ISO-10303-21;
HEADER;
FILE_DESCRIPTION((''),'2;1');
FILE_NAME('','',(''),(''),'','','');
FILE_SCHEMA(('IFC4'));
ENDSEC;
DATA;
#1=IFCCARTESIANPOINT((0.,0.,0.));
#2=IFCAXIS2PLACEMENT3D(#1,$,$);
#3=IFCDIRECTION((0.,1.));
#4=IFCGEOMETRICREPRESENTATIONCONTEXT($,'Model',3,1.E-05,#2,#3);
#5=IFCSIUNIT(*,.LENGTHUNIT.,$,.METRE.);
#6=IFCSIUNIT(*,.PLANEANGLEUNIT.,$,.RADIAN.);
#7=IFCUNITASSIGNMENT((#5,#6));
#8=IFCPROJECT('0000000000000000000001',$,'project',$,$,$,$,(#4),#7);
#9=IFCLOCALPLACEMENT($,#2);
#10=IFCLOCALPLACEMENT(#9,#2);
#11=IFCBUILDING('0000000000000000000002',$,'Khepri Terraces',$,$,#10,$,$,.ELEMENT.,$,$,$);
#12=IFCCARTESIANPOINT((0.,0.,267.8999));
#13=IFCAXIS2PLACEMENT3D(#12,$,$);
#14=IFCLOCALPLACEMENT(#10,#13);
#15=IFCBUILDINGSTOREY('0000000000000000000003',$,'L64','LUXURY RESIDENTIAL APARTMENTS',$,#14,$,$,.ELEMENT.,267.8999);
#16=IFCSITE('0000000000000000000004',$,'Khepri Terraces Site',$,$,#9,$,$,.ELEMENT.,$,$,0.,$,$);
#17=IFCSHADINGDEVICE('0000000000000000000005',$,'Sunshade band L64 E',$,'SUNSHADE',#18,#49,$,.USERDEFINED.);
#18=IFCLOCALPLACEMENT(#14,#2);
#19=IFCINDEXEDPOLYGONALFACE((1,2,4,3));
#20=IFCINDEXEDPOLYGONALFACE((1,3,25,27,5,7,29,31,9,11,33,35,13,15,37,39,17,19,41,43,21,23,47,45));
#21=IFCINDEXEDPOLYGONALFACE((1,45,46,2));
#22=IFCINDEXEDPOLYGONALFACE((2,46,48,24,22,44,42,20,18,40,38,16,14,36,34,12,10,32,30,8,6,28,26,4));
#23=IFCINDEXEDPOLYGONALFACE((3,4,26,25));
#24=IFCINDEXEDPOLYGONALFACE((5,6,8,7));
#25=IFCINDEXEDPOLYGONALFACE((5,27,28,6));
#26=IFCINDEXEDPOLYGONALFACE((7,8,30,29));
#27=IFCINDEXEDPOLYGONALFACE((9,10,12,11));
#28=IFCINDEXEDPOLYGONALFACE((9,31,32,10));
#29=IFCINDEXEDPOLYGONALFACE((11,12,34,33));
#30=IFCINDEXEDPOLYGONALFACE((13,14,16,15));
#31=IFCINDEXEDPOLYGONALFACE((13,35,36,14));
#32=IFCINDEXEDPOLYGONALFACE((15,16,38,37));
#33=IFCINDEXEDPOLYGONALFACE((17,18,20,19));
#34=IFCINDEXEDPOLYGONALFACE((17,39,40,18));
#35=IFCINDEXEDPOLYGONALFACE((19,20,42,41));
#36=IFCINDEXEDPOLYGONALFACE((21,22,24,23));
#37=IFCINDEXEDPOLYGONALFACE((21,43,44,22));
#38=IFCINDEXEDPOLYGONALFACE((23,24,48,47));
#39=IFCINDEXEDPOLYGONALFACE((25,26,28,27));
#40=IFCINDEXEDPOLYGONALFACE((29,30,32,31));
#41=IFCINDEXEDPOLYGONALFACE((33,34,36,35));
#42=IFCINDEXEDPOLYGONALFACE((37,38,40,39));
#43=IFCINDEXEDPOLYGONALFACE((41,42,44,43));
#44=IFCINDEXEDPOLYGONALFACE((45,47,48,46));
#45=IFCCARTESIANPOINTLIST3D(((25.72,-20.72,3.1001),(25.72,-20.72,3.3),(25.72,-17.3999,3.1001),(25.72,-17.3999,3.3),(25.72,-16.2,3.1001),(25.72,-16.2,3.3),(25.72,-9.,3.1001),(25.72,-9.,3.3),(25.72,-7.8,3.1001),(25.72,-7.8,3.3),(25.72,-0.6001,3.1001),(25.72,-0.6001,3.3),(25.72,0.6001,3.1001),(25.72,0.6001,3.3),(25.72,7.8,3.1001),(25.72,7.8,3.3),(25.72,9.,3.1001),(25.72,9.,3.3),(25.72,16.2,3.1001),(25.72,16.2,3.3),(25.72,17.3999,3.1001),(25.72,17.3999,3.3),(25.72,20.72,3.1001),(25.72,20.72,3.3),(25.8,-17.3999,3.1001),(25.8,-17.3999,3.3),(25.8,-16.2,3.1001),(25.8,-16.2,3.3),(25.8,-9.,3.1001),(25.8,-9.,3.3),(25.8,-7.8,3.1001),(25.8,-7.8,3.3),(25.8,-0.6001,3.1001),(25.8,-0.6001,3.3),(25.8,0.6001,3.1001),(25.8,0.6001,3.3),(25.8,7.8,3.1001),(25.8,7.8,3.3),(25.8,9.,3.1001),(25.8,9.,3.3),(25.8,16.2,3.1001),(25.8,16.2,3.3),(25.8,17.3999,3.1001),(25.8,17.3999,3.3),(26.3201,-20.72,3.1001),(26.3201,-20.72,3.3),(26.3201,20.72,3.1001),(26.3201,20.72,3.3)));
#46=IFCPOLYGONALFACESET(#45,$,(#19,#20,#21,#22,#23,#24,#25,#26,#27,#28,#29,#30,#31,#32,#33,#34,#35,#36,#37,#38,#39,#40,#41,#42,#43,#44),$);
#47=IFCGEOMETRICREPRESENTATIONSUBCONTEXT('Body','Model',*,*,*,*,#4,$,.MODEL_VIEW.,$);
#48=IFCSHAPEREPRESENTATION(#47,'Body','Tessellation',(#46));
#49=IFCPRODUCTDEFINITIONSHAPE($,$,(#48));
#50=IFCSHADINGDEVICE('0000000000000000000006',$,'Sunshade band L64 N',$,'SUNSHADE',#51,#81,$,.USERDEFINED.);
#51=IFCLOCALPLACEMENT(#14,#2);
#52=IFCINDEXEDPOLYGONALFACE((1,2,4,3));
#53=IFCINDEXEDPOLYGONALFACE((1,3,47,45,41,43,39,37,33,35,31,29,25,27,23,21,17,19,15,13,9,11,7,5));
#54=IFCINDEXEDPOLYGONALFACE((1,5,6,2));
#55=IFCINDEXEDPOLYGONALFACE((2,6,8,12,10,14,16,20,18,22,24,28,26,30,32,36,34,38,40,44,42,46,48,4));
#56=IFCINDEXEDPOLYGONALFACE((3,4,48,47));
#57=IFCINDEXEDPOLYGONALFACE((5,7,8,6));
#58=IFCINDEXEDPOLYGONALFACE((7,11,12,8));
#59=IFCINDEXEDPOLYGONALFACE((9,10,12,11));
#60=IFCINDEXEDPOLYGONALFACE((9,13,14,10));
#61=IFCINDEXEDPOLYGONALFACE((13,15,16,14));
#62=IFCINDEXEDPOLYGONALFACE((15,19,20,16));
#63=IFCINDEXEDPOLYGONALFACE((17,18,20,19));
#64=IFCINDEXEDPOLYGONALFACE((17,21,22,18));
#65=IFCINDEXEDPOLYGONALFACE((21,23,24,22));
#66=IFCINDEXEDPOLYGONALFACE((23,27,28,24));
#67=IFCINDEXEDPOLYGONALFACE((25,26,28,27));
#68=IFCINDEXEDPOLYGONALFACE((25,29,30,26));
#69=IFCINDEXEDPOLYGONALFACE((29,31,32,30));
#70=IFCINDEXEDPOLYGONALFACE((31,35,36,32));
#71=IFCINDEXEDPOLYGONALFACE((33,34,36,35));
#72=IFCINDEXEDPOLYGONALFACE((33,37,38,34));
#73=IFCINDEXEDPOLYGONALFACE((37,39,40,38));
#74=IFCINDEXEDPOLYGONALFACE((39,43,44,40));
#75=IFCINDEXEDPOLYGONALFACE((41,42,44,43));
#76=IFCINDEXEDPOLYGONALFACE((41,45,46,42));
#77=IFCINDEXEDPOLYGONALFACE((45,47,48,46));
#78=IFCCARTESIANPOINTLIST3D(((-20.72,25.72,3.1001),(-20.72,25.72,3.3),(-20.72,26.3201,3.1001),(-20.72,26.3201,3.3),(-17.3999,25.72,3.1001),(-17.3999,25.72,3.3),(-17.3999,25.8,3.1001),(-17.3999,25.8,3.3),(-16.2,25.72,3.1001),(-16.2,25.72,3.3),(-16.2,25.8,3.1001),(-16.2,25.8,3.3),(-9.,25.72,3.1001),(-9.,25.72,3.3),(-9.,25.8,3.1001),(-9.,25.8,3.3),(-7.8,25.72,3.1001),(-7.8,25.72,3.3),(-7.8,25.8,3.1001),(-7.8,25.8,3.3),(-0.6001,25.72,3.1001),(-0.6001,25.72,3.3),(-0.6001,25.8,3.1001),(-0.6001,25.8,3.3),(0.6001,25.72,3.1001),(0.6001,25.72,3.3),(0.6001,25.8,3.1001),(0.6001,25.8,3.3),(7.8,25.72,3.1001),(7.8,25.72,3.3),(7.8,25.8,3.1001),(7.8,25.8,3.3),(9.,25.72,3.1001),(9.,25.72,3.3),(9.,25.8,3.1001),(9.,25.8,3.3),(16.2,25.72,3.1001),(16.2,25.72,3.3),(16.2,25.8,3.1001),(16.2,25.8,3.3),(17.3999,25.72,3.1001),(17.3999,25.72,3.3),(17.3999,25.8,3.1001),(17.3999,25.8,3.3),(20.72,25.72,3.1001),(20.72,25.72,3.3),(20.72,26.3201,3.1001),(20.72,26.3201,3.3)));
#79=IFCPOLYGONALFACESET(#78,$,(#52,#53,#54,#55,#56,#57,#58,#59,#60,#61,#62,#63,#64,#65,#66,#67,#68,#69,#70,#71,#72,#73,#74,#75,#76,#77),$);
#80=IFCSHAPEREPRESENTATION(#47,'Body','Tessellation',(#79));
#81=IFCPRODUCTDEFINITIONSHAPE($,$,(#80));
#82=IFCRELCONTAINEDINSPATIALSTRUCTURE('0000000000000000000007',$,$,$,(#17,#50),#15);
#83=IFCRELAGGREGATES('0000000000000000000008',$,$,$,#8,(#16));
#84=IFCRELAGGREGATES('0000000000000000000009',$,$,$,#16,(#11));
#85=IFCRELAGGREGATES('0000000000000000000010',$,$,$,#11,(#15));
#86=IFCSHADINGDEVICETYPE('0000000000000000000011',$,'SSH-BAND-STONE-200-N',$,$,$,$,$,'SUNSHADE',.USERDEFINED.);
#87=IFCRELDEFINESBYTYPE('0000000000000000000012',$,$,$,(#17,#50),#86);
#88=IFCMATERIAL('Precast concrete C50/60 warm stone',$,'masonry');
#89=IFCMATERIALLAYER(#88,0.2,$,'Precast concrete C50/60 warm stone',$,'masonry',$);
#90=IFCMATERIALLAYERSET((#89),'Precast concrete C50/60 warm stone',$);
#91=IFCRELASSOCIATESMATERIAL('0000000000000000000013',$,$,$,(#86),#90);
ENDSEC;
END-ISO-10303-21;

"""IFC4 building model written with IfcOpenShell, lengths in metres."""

from ifc_helpers import new_model, si_unit, direction, frame, origin, place, context, subcontext, project, spatial, polyline, outline, extrude, material, layer, layer_set, type_object, element, save


model = new_model("IFC4")

# Units and contexts
model_context = context("Model", 3, precision=1e-05, world=origin(), true_north=direction((0.0, 1.0)))
body_context = subcontext(model_context, "Body", "Model", "MODEL_VIEW")
ifc_project = project(units=[si_unit("LENGTHUNIT", "METRE"), si_unit("PLANEANGLEUNIT", "RADIAN")], contexts=[model_context])

# Site, building, storey
site_placement = place(None, origin())
site = spatial("IfcSite", under=ifc_project, at=site_placement, Name="Khepri Terraces Site", CompositionType="ELEMENT", RefElevation=0.0)
building_placement = place(site_placement, origin())
building = spatial("IfcBuilding", under=site, at=building_placement, Name="Khepri Terraces", CompositionType="ELEMENT")
storey_placement = place(building_placement, frame((0.0, 0.0, 267.8999)))
storey = spatial("IfcBuildingStorey", under=building, at=storey_placement, Name="L64", Description="LUXURY RESIDENTIAL APARTMENTS", CompositionType="ELEMENT", Elevation=267.8999)

# Shading devices
ifc_material_1 = material(Name="Precast concrete C50/60 warm stone", Category="masonry")
ifc_layer_1 = layer(ifc_material_1, 0.2, Name="Precast concrete C50/60 warm stone", Category="masonry")
ifc_layer_set_1 = layer_set([ifc_layer_1], Name="Precast concrete C50/60 warm stone")
shading_device_type_1 = type_object("IfcShadingDeviceType", Name="SSH-BAND-STONE-200-N", ElementType="SUNSHADE", PredefinedType="USERDEFINED", material=ifc_layer_set_1)
shading_device_1_placement = place(storey_placement, frame((0.0, 0.0, 3.1001)))
element("IfcShadingDevice", 1, at=shading_device_1_placement, inside=storey, type_object=shading_device_type_1, Name="Sunshade band L64 E", ObjectType="SUNSHADE", PredefinedType="USERDEFINED", context=body_context, shape_type="SweptSolid", body=[
    extrude(outline(polyline([(25.72, -17.3999), (25.72, -20.72), (26.3201, -20.72), (26.3201, 20.72), (25.72, 20.72), (25.72, 17.3999), (25.8, 17.3999), (25.8, 16.2), (25.72, 16.2), (25.72, 9.0), (25.8, 9.0), (25.8, 7.8), (25.72, 7.8), (25.72, 0.6001), (25.8, 0.6001), (25.8, -0.6001), (25.72, -0.6001), (25.72, -7.8), (25.8, -7.8), (25.8, -9.0), (25.72, -9.0), (25.72, -16.2), (25.8, -16.2), (25.8, -17.3999), (25.72, -17.3999)])), origin(), (0.0, 0.0, 1.0), 0.2),
])
shading_device_2_placement = place(storey_placement, frame((0.0, 0.0, 3.1001)))
element("IfcShadingDevice", 2, at=shading_device_2_placement, inside=storey, type_object=shading_device_type_1, Name="Sunshade band L64 N", ObjectType="SUNSHADE", PredefinedType="USERDEFINED", context=body_context, shape_type="SweptSolid", body=[
    extrude(outline(polyline([(17.3999, 25.72), (20.72, 25.72), (20.72, 26.3201), (-20.72, 26.3201), (-20.72, 25.72), (-17.3999, 25.72), (-17.3999, 25.8), (-16.2, 25.8), (-16.2, 25.72), (-9.0, 25.72), (-9.0, 25.8), (-7.8, 25.8), (-7.8, 25.72), (-0.6001, 25.72), (-0.6001, 25.8), (0.6001, 25.8), (0.6001, 25.72), (7.8, 25.72), (7.8, 25.8), (9.0, 25.8), (9.0, 25.72), (16.2, 25.72), (16.2, 25.8), (17.3999, 25.8), (17.3999, 25.72)])), origin(), (0.0, 0.0, 1.0), 0.2),
])

save(model, "model.ifc")
